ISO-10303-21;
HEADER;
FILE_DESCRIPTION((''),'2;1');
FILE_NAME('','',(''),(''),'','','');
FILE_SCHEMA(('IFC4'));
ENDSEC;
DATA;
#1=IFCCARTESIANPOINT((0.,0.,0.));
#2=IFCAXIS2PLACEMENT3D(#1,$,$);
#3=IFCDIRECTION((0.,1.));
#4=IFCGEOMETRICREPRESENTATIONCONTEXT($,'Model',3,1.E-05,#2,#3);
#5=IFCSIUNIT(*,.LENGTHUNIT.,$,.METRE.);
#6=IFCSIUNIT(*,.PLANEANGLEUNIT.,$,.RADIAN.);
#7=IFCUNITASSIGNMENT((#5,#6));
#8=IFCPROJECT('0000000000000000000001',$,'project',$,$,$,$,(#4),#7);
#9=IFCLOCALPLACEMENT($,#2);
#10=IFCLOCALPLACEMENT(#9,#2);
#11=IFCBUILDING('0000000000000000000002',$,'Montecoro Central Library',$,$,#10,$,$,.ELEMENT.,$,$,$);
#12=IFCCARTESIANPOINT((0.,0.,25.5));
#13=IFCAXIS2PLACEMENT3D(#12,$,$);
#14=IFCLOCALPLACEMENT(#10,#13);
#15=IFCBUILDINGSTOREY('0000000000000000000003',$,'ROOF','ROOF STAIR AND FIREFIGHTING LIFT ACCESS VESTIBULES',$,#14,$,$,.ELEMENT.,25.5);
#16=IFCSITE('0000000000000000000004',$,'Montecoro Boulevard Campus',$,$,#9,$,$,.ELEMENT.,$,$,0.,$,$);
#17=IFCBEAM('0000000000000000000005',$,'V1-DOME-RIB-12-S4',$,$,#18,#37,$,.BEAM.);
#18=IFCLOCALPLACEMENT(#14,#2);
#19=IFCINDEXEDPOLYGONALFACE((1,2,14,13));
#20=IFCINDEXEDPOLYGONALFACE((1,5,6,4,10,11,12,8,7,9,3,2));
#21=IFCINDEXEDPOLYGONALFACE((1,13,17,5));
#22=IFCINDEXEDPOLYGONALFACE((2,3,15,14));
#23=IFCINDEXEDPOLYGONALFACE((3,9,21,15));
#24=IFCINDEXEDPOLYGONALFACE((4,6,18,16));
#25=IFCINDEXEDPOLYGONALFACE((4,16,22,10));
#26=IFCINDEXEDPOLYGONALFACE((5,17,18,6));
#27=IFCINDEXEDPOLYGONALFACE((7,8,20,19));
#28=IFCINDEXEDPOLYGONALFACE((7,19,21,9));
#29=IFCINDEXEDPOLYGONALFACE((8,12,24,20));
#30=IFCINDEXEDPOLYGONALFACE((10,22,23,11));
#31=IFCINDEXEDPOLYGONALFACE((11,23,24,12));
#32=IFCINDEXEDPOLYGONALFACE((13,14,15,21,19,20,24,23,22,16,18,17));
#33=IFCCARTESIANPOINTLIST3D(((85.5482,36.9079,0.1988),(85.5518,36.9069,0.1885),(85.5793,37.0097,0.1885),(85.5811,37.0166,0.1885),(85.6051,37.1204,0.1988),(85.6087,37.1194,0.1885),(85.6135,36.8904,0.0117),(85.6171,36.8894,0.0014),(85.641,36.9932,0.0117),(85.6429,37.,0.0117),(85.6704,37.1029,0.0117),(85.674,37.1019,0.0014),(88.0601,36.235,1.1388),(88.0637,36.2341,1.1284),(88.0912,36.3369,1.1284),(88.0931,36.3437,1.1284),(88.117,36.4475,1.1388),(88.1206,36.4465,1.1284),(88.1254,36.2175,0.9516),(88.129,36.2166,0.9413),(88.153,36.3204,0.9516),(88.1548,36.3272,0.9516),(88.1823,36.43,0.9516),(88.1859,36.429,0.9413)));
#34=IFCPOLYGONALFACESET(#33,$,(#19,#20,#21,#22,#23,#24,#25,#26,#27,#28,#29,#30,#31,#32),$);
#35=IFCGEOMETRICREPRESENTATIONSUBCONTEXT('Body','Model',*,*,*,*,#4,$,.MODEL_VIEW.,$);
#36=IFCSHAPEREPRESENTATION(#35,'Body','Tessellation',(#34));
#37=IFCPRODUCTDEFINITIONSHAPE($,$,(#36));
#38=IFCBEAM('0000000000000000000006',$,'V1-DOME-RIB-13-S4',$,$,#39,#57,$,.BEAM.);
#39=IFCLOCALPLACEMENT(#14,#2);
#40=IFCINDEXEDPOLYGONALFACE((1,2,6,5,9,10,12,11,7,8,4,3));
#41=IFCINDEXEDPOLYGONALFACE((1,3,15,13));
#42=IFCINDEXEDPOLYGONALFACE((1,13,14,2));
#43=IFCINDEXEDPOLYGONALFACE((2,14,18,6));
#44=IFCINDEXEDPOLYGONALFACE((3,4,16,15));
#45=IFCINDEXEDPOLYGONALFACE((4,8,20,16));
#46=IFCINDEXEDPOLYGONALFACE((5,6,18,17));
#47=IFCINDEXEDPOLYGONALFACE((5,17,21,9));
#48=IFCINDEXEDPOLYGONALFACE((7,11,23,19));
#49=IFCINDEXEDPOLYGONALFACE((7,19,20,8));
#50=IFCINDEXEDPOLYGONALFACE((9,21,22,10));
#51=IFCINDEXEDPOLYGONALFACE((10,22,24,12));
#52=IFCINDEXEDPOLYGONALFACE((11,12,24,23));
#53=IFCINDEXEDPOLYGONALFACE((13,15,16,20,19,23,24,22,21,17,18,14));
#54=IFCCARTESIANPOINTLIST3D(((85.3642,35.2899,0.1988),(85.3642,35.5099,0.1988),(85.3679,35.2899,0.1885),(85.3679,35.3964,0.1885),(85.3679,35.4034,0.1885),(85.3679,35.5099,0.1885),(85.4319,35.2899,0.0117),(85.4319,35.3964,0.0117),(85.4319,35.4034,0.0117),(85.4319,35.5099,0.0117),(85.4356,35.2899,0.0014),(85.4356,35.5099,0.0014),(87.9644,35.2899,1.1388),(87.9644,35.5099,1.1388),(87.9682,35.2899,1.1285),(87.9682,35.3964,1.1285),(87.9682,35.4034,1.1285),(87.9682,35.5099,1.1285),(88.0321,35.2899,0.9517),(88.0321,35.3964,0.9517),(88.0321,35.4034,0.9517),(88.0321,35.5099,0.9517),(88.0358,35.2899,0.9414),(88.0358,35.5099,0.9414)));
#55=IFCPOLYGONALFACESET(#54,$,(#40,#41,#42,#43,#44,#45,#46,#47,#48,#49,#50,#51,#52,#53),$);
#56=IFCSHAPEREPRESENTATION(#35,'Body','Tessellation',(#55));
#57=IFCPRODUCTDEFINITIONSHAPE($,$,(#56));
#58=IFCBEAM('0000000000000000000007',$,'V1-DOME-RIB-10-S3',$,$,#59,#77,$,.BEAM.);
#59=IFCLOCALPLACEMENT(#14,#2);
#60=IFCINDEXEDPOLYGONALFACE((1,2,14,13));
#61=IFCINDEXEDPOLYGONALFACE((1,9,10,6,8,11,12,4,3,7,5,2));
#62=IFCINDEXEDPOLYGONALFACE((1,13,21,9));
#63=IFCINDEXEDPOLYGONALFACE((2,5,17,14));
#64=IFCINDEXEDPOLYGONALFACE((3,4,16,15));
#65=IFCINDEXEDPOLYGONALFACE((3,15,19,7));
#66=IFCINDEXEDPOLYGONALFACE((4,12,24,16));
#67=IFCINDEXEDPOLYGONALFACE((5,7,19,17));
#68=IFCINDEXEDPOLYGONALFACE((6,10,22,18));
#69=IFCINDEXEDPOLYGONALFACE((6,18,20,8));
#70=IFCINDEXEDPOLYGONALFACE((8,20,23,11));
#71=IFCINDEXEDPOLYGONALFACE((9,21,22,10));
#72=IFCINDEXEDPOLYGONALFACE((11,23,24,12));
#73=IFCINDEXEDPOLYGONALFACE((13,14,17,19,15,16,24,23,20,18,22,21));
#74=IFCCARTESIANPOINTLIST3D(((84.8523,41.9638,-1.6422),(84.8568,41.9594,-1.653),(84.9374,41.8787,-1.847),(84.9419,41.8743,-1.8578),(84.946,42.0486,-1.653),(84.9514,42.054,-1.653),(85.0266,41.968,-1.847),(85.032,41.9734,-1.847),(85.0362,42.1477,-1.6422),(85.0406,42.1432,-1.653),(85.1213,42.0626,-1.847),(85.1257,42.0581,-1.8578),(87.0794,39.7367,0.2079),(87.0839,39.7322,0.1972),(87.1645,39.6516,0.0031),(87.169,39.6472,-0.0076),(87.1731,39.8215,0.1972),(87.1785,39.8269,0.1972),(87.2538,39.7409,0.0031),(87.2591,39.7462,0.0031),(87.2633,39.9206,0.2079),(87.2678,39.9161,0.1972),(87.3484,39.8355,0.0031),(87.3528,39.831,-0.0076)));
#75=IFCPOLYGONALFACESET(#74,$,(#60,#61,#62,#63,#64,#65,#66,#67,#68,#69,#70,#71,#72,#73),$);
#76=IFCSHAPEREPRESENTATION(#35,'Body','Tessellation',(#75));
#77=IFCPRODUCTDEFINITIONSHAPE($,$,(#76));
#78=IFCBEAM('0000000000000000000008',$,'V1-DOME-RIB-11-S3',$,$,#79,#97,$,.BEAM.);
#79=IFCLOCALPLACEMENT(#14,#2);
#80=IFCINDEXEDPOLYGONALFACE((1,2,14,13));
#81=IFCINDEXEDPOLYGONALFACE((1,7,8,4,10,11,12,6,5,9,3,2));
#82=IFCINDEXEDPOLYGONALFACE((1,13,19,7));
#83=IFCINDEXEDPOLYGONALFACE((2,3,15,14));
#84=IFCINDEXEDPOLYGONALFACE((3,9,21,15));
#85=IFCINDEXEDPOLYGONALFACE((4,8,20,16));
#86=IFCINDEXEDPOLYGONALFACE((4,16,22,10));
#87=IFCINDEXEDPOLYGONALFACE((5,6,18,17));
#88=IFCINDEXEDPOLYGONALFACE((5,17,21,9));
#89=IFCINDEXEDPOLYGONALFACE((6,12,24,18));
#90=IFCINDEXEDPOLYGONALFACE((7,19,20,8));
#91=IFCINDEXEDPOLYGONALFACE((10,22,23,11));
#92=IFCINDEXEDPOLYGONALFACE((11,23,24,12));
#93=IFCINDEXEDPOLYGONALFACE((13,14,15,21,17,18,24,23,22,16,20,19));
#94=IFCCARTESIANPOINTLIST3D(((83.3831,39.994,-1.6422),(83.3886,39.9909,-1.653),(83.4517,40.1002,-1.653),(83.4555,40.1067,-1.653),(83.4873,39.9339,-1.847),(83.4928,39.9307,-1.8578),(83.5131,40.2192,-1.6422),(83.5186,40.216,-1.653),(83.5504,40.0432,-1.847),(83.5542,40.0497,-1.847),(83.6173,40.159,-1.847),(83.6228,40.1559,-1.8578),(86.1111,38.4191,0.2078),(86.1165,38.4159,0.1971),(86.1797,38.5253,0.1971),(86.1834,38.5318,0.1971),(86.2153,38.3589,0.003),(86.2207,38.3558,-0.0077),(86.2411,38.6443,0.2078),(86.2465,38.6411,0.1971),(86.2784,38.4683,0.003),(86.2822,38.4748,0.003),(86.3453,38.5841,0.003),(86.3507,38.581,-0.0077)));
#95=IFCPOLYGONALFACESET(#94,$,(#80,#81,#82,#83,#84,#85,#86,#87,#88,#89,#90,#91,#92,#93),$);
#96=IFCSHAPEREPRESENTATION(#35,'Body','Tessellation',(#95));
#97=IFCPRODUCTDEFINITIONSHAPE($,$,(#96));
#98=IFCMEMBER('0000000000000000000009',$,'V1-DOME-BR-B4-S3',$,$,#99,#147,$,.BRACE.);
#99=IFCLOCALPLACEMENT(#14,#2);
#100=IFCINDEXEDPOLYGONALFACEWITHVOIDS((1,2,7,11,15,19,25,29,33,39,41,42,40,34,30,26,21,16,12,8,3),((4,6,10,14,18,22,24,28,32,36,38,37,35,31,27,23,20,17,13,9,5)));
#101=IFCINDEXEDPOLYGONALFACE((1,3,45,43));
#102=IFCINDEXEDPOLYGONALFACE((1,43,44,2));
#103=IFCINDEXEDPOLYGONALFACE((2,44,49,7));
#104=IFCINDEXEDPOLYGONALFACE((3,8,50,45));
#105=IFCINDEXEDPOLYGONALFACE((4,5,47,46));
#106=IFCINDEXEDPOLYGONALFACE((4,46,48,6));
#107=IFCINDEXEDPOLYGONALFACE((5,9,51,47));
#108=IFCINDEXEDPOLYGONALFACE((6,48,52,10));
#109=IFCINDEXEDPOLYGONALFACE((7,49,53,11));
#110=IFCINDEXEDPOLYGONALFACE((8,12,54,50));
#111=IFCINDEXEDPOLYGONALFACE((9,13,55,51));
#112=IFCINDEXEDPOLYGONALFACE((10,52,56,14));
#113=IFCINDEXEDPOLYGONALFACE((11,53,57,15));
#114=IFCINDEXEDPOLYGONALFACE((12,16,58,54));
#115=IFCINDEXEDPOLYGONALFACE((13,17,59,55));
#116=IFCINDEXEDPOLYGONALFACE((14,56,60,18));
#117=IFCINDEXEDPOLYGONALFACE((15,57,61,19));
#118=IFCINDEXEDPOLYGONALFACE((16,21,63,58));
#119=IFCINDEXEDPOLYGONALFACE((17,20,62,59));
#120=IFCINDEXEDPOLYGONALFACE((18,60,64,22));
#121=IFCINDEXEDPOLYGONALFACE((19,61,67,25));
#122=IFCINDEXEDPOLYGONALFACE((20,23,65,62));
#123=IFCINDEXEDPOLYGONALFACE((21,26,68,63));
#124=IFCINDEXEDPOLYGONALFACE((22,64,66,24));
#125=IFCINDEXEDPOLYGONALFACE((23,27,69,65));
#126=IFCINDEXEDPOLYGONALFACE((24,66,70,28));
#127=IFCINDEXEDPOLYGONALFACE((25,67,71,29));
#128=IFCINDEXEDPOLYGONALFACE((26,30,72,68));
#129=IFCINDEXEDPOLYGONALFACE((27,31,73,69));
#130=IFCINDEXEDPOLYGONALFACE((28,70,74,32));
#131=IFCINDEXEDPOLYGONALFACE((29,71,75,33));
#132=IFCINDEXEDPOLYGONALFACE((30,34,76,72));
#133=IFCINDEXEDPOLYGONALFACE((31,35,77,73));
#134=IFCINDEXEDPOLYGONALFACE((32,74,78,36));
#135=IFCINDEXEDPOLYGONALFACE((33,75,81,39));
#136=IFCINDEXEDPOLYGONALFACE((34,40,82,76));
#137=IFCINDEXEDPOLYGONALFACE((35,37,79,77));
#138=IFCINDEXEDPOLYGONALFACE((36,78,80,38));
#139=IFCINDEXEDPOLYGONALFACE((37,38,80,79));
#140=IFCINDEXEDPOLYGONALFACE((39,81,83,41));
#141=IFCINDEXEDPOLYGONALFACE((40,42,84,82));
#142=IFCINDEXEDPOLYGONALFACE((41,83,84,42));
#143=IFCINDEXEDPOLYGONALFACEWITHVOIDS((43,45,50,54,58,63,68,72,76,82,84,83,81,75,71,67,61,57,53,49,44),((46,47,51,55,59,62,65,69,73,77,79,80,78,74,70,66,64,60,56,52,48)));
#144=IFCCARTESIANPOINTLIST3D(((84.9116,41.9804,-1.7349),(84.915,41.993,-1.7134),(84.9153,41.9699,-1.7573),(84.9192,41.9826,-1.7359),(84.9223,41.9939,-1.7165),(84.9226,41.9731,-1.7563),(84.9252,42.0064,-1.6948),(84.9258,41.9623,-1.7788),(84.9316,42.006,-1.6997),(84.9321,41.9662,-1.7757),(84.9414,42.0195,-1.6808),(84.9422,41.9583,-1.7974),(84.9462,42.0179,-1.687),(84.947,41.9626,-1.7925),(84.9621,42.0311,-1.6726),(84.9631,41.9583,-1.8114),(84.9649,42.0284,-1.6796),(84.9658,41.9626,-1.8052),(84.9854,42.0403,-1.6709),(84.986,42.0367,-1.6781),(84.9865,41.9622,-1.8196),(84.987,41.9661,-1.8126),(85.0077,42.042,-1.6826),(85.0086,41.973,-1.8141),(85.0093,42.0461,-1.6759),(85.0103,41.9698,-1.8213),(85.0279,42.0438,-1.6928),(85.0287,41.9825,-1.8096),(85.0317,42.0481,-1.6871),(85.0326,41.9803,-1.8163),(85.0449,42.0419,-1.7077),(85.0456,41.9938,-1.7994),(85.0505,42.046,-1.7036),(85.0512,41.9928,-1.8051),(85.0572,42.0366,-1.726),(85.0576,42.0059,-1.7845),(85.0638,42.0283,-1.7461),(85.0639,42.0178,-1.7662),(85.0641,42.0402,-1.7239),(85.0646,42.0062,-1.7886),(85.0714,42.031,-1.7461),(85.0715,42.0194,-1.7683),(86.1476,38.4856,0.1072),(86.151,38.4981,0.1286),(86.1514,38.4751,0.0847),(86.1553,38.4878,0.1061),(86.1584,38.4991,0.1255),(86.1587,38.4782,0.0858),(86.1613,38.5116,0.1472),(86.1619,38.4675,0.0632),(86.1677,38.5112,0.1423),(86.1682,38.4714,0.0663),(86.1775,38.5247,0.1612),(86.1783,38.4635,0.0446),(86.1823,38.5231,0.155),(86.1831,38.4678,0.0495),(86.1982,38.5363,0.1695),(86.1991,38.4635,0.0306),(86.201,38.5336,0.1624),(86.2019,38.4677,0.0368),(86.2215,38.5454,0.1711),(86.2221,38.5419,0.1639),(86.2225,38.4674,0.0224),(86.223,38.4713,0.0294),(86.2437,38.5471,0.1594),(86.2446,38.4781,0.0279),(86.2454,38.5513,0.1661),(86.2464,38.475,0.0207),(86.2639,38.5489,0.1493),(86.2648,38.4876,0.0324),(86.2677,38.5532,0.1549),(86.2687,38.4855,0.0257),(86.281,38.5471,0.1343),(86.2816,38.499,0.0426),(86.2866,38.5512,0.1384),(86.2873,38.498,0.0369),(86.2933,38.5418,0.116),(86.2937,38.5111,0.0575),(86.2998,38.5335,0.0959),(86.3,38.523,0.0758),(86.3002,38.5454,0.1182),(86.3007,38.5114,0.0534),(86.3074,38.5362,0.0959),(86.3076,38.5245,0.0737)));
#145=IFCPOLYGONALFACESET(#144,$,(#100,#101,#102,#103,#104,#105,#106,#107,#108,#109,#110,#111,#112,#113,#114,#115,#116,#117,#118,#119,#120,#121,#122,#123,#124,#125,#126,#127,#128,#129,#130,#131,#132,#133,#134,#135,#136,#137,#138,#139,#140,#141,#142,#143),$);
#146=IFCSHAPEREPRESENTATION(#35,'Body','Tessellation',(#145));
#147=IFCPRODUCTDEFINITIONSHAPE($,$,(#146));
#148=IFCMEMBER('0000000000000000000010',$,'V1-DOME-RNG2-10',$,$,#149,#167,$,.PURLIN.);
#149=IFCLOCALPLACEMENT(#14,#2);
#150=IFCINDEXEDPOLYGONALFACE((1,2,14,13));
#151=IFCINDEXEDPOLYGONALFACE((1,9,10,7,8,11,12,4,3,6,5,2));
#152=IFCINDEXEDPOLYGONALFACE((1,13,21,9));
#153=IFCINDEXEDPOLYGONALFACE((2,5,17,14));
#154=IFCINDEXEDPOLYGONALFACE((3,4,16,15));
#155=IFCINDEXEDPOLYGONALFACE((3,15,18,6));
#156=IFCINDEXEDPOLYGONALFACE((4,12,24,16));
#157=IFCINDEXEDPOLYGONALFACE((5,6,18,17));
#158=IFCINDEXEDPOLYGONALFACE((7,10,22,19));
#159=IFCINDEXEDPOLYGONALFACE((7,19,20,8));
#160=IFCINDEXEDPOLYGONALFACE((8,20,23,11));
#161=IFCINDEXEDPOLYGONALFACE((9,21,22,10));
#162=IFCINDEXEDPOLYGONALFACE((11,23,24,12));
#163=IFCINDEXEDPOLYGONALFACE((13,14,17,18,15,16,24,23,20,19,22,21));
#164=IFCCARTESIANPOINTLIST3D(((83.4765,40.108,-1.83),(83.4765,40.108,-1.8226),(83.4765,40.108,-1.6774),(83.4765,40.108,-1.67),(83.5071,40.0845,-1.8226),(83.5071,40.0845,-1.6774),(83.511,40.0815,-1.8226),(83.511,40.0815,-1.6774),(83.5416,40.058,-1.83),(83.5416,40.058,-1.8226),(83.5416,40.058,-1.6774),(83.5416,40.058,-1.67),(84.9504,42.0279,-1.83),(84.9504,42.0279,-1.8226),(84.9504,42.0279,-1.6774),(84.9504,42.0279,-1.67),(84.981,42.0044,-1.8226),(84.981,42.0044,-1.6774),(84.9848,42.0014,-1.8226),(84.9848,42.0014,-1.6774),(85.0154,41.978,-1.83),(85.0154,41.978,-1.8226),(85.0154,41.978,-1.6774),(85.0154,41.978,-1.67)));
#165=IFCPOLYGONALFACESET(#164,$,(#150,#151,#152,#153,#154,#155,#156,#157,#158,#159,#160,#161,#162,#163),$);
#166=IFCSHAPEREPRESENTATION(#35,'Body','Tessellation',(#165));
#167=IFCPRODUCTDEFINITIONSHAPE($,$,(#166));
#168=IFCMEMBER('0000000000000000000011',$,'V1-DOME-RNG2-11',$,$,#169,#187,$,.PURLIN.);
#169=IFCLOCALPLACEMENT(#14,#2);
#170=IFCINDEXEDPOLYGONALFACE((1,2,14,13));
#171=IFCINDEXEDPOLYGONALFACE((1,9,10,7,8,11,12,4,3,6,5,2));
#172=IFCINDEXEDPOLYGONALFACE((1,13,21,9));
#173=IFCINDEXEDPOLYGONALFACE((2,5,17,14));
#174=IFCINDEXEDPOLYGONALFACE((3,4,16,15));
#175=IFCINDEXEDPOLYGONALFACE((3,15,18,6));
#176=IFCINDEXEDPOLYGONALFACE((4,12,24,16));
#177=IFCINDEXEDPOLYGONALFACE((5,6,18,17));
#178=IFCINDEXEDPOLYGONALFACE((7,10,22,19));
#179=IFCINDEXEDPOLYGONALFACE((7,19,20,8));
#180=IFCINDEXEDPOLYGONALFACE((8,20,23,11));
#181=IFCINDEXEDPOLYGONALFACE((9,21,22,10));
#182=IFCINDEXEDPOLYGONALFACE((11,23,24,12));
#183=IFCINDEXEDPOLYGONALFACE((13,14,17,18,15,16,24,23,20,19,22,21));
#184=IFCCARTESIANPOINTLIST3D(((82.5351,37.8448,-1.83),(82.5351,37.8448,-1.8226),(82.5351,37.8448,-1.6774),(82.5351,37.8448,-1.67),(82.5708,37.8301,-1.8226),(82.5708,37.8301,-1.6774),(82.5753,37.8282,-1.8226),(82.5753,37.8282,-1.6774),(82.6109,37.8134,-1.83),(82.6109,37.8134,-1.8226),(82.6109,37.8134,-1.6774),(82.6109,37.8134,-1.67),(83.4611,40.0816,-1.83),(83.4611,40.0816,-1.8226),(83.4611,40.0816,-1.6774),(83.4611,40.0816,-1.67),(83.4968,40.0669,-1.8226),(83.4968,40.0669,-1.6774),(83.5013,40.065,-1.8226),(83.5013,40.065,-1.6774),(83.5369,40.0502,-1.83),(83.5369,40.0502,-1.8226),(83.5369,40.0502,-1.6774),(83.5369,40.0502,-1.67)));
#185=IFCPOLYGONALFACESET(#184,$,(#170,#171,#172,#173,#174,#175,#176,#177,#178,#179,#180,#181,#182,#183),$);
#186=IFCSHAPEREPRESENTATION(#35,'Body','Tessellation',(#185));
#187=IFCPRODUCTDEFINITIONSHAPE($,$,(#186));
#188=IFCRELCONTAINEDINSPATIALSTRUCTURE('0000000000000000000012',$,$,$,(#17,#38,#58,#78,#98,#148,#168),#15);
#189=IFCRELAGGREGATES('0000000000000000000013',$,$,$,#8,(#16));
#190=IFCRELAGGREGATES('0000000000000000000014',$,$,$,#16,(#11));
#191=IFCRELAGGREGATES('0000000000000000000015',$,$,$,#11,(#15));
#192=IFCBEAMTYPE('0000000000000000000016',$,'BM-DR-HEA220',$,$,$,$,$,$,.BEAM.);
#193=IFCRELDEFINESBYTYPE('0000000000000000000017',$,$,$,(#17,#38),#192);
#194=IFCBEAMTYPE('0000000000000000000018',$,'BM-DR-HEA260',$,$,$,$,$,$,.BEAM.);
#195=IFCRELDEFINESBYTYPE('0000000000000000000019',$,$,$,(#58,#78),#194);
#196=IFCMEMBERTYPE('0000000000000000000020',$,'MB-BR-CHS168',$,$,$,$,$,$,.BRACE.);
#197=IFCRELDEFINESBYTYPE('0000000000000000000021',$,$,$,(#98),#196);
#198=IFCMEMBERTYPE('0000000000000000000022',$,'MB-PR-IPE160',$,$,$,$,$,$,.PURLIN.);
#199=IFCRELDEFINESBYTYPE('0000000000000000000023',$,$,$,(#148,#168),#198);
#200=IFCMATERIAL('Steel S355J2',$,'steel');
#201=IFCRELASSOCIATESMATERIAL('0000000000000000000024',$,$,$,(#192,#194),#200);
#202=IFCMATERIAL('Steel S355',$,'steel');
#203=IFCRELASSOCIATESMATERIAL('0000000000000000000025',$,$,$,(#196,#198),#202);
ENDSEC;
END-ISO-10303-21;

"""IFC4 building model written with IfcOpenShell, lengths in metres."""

from ifc_helpers import new_model, si_unit, direction, frame, origin, origin_2d, place, context, subcontext, project, spatial, hollow_circle, i_section, extrude, material, material_profile, profile_set, type_object, element, save


model = new_model("IFC4")

# Units and contexts
model_context = context("Model", 3, precision=1e-05, world=origin(), true_north=direction((0.0, 1.0)))
body_context = subcontext(model_context, "Body", "Model", "MODEL_VIEW")
ifc_project = project(units=[si_unit("LENGTHUNIT", "METRE"), si_unit("PLANEANGLEUNIT", "RADIAN")], contexts=[model_context])

# Site, building, storey
site_placement = place(None, origin())
site = spatial("IfcSite", under=ifc_project, at=site_placement, Name="Montecoro Boulevard Campus", CompositionType="ELEMENT", RefElevation=0.0)
building_placement = place(site_placement, origin())
building = spatial("IfcBuilding", under=site, at=building_placement, Name="Montecoro Central Library", CompositionType="ELEMENT")
storey_placement = place(building_placement, frame((0.0, 0.0, 25.5)))
storey = spatial("IfcBuildingStorey", under=building, at=storey_placement, Name="ROOF", Description="ROOF STAIR AND FIREFIGHTING LIFT ACCESS VESTIBULES", CompositionType="ELEMENT", Elevation=25.5)

# Beams
ifc_material_1 = material(Name="Steel S355J2", Category="steel")
ifc_material_profile_1 = material_profile(ifc_material_1, i_section(OverallWidth=0.22, OverallDepth=0.21, WebThickness=0.0071, FlangeThickness=0.011, at=origin_2d()), Name="HEA 220")
ifc_profile_set_1 = profile_set([ifc_material_profile_1], Name="Steel S355J2")
beam_type_1 = type_object("IfcBeamType", Name="BM-DR-HEA220", PredefinedType="BEAM", material=ifc_profile_set_1)
beam_1_placement = place(storey_placement, frame((85.6111, 37.0049, 0.1001), z_axis=(0.908429, -0.243331, 0.339921), x_axis=(0.258738, 0.965948, 0.0)))
element("IfcBeam", 1, at=beam_1_placement, inside=storey, type_object=beam_type_1, Name="V1-DOME-RIB-12-S4", PredefinedType="BEAM", context=body_context, shape_type="SweptSolid", body=[
    extrude(i_section(OverallWidth=0.22, OverallDepth=0.21, WebThickness=0.0071, FlangeThickness=0.011, at=origin_2d()), origin(), (0.0, 0.0, 1.0), 2.7651),
])
beam_2_placement = place(storey_placement, frame((85.3999, 35.3999, 0.1001), z_axis=(0.940436, 0.0, 0.33997), x_axis=(0.0, 1.0, 0.0)))
element("IfcBeam", 2, at=beam_2_placement, inside=storey, type_object=beam_type_1, Name="V1-DOME-RIB-13-S4", PredefinedType="BEAM", context=body_context, shape_type="SweptSolid", body=[
    extrude(i_section(OverallWidth=0.22, OverallDepth=0.21, WebThickness=0.0071, FlangeThickness=0.011, at=origin_2d()), origin(), (0.0, 0.0, 1.0), 2.7649),
])
ifc_material_profile_2 = material_profile(ifc_material_1, i_section(OverallWidth=0.26, OverallDepth=0.25, WebThickness=0.0076, FlangeThickness=0.0125, at=origin_2d()), Name="HEA 260")
ifc_profile_set_2 = profile_set([ifc_material_profile_2], Name="Steel S355J2")
beam_type_2 = type_object("IfcBeamType", Name="BM-DR-HEA260", PredefinedType="BEAM", material=ifc_profile_set_2)
beam_3_placement = place(storey_placement, frame((84.989, 42.011, -1.75), z_axis=(0.609696, -0.609696, 0.506498), x_axis=(0.707107, 0.707107, 0.0)))
element("IfcBeam", 3, at=beam_3_placement, inside=storey, type_object=beam_type_2, Name="V1-DOME-RIB-10-S3", PredefinedType="BEAM", context=body_context, shape_type="SweptSolid", body=[
    extrude(i_section(OverallWidth=0.26, OverallDepth=0.25, WebThickness=0.0076, FlangeThickness=0.0125, at=origin_2d()), origin(), (0.0, 0.0, 1.0), 3.6528),
])
beam_4_placement = place(storey_placement, frame((83.5029, 40.075, -1.75), z_axis=(0.746761, -0.431122, 0.50644), x_axis=(0.499982, 0.866036, 0.0)))
element("IfcBeam", 4, at=beam_4_placement, inside=storey, type_object=beam_type_2, Name="V1-DOME-RIB-11-S3", PredefinedType="BEAM", context=body_context, shape_type="SweptSolid", body=[
    extrude(i_section(OverallWidth=0.26, OverallDepth=0.25, WebThickness=0.0076, FlangeThickness=0.0125, at=origin_2d()), origin(), (0.0, 0.0, 1.0), 3.6531),
])

# Members
ifc_material_2 = material(Name="Steel S355", Category="steel")
ifc_material_profile_3 = material_profile(ifc_material_2, hollow_circle(Radius=0.0842, WallThickness=0.0081, at=origin_2d()), Name="CHS 168.3x8.0")
ifc_profile_set_3 = profile_set([ifc_material_profile_3], Name="Steel S355")
member_type_1 = type_object("IfcMemberType", Name="MB-BR-CHS168", PredefinedType="BRACE", material=ifc_profile_set_3)
member_1_placement = place(storey_placement, frame((84.9919, 42.0029, -1.7461), z_axis=(0.29861, -0.844282, 0.444995), x_axis=(0.94277, 0.333444, 0.0)))
element("IfcMember", 5, at=member_1_placement, inside=storey, type_object=member_type_1, Name="V1-DOME-BR-B4-S3", PredefinedType="BRACE", context=body_context, shape_type="SweptSolid", body=[
    extrude(hollow_circle(Radius=0.0842, WallThickness=0.0081, at=origin_2d()), origin(), (0.0, 0.0, 1.0), 4.1394),
])
ifc_material_profile_4 = material_profile(ifc_material_2, i_section(OverallWidth=0.082, OverallDepth=0.1599, WebThickness=0.0049, FlangeThickness=0.0073, at=origin_2d()), Name="IPE 160")
ifc_profile_set_4 = profile_set([ifc_material_profile_4], Name="Steel S355")
member_type_2 = type_object("IfcMemberType", Name="MB-PR-IPE160", PredefinedType="PURLIN", material=ifc_profile_set_4)
member_2_placement = place(storey_placement, frame((84.9829, 42.0029, -1.75), z_axis=(-0.608935, -0.79322, 0.0), x_axis=(0.79322, -0.608935, 0.0)))
element("IfcMember", 6, at=member_2_placement, inside=storey, type_object=member_type_2, Name="V1-DOME-RNG2-10", PredefinedType="PURLIN", context=body_context, shape_type="SweptSolid", body=[
    extrude(i_section(OverallWidth=0.082, OverallDepth=0.1599, WebThickness=0.0049, FlangeThickness=0.0073, at=origin_2d()), origin(), (0.0, 0.0, 1.0), 2.4204),
])
member_3_placement = place(storey_placement, frame((83.499, 40.0659, -1.75), z_axis=(-0.382509, -0.923952, 0.0), x_axis=(0.923952, -0.382509, 0.0)))
element("IfcMember", 7, at=member_3_placement, inside=storey, type_object=member_type_2, Name="V1-DOME-RNG2-11", PredefinedType="PURLIN", context=body_context, shape_type="SweptSolid", body=[
    extrude(i_section(OverallWidth=0.082, OverallDepth=0.1599, WebThickness=0.0049, FlangeThickness=0.0073, at=origin_2d()), origin(), (0.0, 0.0, 1.0), 2.4209),
])

save(model, "model.ifc")
